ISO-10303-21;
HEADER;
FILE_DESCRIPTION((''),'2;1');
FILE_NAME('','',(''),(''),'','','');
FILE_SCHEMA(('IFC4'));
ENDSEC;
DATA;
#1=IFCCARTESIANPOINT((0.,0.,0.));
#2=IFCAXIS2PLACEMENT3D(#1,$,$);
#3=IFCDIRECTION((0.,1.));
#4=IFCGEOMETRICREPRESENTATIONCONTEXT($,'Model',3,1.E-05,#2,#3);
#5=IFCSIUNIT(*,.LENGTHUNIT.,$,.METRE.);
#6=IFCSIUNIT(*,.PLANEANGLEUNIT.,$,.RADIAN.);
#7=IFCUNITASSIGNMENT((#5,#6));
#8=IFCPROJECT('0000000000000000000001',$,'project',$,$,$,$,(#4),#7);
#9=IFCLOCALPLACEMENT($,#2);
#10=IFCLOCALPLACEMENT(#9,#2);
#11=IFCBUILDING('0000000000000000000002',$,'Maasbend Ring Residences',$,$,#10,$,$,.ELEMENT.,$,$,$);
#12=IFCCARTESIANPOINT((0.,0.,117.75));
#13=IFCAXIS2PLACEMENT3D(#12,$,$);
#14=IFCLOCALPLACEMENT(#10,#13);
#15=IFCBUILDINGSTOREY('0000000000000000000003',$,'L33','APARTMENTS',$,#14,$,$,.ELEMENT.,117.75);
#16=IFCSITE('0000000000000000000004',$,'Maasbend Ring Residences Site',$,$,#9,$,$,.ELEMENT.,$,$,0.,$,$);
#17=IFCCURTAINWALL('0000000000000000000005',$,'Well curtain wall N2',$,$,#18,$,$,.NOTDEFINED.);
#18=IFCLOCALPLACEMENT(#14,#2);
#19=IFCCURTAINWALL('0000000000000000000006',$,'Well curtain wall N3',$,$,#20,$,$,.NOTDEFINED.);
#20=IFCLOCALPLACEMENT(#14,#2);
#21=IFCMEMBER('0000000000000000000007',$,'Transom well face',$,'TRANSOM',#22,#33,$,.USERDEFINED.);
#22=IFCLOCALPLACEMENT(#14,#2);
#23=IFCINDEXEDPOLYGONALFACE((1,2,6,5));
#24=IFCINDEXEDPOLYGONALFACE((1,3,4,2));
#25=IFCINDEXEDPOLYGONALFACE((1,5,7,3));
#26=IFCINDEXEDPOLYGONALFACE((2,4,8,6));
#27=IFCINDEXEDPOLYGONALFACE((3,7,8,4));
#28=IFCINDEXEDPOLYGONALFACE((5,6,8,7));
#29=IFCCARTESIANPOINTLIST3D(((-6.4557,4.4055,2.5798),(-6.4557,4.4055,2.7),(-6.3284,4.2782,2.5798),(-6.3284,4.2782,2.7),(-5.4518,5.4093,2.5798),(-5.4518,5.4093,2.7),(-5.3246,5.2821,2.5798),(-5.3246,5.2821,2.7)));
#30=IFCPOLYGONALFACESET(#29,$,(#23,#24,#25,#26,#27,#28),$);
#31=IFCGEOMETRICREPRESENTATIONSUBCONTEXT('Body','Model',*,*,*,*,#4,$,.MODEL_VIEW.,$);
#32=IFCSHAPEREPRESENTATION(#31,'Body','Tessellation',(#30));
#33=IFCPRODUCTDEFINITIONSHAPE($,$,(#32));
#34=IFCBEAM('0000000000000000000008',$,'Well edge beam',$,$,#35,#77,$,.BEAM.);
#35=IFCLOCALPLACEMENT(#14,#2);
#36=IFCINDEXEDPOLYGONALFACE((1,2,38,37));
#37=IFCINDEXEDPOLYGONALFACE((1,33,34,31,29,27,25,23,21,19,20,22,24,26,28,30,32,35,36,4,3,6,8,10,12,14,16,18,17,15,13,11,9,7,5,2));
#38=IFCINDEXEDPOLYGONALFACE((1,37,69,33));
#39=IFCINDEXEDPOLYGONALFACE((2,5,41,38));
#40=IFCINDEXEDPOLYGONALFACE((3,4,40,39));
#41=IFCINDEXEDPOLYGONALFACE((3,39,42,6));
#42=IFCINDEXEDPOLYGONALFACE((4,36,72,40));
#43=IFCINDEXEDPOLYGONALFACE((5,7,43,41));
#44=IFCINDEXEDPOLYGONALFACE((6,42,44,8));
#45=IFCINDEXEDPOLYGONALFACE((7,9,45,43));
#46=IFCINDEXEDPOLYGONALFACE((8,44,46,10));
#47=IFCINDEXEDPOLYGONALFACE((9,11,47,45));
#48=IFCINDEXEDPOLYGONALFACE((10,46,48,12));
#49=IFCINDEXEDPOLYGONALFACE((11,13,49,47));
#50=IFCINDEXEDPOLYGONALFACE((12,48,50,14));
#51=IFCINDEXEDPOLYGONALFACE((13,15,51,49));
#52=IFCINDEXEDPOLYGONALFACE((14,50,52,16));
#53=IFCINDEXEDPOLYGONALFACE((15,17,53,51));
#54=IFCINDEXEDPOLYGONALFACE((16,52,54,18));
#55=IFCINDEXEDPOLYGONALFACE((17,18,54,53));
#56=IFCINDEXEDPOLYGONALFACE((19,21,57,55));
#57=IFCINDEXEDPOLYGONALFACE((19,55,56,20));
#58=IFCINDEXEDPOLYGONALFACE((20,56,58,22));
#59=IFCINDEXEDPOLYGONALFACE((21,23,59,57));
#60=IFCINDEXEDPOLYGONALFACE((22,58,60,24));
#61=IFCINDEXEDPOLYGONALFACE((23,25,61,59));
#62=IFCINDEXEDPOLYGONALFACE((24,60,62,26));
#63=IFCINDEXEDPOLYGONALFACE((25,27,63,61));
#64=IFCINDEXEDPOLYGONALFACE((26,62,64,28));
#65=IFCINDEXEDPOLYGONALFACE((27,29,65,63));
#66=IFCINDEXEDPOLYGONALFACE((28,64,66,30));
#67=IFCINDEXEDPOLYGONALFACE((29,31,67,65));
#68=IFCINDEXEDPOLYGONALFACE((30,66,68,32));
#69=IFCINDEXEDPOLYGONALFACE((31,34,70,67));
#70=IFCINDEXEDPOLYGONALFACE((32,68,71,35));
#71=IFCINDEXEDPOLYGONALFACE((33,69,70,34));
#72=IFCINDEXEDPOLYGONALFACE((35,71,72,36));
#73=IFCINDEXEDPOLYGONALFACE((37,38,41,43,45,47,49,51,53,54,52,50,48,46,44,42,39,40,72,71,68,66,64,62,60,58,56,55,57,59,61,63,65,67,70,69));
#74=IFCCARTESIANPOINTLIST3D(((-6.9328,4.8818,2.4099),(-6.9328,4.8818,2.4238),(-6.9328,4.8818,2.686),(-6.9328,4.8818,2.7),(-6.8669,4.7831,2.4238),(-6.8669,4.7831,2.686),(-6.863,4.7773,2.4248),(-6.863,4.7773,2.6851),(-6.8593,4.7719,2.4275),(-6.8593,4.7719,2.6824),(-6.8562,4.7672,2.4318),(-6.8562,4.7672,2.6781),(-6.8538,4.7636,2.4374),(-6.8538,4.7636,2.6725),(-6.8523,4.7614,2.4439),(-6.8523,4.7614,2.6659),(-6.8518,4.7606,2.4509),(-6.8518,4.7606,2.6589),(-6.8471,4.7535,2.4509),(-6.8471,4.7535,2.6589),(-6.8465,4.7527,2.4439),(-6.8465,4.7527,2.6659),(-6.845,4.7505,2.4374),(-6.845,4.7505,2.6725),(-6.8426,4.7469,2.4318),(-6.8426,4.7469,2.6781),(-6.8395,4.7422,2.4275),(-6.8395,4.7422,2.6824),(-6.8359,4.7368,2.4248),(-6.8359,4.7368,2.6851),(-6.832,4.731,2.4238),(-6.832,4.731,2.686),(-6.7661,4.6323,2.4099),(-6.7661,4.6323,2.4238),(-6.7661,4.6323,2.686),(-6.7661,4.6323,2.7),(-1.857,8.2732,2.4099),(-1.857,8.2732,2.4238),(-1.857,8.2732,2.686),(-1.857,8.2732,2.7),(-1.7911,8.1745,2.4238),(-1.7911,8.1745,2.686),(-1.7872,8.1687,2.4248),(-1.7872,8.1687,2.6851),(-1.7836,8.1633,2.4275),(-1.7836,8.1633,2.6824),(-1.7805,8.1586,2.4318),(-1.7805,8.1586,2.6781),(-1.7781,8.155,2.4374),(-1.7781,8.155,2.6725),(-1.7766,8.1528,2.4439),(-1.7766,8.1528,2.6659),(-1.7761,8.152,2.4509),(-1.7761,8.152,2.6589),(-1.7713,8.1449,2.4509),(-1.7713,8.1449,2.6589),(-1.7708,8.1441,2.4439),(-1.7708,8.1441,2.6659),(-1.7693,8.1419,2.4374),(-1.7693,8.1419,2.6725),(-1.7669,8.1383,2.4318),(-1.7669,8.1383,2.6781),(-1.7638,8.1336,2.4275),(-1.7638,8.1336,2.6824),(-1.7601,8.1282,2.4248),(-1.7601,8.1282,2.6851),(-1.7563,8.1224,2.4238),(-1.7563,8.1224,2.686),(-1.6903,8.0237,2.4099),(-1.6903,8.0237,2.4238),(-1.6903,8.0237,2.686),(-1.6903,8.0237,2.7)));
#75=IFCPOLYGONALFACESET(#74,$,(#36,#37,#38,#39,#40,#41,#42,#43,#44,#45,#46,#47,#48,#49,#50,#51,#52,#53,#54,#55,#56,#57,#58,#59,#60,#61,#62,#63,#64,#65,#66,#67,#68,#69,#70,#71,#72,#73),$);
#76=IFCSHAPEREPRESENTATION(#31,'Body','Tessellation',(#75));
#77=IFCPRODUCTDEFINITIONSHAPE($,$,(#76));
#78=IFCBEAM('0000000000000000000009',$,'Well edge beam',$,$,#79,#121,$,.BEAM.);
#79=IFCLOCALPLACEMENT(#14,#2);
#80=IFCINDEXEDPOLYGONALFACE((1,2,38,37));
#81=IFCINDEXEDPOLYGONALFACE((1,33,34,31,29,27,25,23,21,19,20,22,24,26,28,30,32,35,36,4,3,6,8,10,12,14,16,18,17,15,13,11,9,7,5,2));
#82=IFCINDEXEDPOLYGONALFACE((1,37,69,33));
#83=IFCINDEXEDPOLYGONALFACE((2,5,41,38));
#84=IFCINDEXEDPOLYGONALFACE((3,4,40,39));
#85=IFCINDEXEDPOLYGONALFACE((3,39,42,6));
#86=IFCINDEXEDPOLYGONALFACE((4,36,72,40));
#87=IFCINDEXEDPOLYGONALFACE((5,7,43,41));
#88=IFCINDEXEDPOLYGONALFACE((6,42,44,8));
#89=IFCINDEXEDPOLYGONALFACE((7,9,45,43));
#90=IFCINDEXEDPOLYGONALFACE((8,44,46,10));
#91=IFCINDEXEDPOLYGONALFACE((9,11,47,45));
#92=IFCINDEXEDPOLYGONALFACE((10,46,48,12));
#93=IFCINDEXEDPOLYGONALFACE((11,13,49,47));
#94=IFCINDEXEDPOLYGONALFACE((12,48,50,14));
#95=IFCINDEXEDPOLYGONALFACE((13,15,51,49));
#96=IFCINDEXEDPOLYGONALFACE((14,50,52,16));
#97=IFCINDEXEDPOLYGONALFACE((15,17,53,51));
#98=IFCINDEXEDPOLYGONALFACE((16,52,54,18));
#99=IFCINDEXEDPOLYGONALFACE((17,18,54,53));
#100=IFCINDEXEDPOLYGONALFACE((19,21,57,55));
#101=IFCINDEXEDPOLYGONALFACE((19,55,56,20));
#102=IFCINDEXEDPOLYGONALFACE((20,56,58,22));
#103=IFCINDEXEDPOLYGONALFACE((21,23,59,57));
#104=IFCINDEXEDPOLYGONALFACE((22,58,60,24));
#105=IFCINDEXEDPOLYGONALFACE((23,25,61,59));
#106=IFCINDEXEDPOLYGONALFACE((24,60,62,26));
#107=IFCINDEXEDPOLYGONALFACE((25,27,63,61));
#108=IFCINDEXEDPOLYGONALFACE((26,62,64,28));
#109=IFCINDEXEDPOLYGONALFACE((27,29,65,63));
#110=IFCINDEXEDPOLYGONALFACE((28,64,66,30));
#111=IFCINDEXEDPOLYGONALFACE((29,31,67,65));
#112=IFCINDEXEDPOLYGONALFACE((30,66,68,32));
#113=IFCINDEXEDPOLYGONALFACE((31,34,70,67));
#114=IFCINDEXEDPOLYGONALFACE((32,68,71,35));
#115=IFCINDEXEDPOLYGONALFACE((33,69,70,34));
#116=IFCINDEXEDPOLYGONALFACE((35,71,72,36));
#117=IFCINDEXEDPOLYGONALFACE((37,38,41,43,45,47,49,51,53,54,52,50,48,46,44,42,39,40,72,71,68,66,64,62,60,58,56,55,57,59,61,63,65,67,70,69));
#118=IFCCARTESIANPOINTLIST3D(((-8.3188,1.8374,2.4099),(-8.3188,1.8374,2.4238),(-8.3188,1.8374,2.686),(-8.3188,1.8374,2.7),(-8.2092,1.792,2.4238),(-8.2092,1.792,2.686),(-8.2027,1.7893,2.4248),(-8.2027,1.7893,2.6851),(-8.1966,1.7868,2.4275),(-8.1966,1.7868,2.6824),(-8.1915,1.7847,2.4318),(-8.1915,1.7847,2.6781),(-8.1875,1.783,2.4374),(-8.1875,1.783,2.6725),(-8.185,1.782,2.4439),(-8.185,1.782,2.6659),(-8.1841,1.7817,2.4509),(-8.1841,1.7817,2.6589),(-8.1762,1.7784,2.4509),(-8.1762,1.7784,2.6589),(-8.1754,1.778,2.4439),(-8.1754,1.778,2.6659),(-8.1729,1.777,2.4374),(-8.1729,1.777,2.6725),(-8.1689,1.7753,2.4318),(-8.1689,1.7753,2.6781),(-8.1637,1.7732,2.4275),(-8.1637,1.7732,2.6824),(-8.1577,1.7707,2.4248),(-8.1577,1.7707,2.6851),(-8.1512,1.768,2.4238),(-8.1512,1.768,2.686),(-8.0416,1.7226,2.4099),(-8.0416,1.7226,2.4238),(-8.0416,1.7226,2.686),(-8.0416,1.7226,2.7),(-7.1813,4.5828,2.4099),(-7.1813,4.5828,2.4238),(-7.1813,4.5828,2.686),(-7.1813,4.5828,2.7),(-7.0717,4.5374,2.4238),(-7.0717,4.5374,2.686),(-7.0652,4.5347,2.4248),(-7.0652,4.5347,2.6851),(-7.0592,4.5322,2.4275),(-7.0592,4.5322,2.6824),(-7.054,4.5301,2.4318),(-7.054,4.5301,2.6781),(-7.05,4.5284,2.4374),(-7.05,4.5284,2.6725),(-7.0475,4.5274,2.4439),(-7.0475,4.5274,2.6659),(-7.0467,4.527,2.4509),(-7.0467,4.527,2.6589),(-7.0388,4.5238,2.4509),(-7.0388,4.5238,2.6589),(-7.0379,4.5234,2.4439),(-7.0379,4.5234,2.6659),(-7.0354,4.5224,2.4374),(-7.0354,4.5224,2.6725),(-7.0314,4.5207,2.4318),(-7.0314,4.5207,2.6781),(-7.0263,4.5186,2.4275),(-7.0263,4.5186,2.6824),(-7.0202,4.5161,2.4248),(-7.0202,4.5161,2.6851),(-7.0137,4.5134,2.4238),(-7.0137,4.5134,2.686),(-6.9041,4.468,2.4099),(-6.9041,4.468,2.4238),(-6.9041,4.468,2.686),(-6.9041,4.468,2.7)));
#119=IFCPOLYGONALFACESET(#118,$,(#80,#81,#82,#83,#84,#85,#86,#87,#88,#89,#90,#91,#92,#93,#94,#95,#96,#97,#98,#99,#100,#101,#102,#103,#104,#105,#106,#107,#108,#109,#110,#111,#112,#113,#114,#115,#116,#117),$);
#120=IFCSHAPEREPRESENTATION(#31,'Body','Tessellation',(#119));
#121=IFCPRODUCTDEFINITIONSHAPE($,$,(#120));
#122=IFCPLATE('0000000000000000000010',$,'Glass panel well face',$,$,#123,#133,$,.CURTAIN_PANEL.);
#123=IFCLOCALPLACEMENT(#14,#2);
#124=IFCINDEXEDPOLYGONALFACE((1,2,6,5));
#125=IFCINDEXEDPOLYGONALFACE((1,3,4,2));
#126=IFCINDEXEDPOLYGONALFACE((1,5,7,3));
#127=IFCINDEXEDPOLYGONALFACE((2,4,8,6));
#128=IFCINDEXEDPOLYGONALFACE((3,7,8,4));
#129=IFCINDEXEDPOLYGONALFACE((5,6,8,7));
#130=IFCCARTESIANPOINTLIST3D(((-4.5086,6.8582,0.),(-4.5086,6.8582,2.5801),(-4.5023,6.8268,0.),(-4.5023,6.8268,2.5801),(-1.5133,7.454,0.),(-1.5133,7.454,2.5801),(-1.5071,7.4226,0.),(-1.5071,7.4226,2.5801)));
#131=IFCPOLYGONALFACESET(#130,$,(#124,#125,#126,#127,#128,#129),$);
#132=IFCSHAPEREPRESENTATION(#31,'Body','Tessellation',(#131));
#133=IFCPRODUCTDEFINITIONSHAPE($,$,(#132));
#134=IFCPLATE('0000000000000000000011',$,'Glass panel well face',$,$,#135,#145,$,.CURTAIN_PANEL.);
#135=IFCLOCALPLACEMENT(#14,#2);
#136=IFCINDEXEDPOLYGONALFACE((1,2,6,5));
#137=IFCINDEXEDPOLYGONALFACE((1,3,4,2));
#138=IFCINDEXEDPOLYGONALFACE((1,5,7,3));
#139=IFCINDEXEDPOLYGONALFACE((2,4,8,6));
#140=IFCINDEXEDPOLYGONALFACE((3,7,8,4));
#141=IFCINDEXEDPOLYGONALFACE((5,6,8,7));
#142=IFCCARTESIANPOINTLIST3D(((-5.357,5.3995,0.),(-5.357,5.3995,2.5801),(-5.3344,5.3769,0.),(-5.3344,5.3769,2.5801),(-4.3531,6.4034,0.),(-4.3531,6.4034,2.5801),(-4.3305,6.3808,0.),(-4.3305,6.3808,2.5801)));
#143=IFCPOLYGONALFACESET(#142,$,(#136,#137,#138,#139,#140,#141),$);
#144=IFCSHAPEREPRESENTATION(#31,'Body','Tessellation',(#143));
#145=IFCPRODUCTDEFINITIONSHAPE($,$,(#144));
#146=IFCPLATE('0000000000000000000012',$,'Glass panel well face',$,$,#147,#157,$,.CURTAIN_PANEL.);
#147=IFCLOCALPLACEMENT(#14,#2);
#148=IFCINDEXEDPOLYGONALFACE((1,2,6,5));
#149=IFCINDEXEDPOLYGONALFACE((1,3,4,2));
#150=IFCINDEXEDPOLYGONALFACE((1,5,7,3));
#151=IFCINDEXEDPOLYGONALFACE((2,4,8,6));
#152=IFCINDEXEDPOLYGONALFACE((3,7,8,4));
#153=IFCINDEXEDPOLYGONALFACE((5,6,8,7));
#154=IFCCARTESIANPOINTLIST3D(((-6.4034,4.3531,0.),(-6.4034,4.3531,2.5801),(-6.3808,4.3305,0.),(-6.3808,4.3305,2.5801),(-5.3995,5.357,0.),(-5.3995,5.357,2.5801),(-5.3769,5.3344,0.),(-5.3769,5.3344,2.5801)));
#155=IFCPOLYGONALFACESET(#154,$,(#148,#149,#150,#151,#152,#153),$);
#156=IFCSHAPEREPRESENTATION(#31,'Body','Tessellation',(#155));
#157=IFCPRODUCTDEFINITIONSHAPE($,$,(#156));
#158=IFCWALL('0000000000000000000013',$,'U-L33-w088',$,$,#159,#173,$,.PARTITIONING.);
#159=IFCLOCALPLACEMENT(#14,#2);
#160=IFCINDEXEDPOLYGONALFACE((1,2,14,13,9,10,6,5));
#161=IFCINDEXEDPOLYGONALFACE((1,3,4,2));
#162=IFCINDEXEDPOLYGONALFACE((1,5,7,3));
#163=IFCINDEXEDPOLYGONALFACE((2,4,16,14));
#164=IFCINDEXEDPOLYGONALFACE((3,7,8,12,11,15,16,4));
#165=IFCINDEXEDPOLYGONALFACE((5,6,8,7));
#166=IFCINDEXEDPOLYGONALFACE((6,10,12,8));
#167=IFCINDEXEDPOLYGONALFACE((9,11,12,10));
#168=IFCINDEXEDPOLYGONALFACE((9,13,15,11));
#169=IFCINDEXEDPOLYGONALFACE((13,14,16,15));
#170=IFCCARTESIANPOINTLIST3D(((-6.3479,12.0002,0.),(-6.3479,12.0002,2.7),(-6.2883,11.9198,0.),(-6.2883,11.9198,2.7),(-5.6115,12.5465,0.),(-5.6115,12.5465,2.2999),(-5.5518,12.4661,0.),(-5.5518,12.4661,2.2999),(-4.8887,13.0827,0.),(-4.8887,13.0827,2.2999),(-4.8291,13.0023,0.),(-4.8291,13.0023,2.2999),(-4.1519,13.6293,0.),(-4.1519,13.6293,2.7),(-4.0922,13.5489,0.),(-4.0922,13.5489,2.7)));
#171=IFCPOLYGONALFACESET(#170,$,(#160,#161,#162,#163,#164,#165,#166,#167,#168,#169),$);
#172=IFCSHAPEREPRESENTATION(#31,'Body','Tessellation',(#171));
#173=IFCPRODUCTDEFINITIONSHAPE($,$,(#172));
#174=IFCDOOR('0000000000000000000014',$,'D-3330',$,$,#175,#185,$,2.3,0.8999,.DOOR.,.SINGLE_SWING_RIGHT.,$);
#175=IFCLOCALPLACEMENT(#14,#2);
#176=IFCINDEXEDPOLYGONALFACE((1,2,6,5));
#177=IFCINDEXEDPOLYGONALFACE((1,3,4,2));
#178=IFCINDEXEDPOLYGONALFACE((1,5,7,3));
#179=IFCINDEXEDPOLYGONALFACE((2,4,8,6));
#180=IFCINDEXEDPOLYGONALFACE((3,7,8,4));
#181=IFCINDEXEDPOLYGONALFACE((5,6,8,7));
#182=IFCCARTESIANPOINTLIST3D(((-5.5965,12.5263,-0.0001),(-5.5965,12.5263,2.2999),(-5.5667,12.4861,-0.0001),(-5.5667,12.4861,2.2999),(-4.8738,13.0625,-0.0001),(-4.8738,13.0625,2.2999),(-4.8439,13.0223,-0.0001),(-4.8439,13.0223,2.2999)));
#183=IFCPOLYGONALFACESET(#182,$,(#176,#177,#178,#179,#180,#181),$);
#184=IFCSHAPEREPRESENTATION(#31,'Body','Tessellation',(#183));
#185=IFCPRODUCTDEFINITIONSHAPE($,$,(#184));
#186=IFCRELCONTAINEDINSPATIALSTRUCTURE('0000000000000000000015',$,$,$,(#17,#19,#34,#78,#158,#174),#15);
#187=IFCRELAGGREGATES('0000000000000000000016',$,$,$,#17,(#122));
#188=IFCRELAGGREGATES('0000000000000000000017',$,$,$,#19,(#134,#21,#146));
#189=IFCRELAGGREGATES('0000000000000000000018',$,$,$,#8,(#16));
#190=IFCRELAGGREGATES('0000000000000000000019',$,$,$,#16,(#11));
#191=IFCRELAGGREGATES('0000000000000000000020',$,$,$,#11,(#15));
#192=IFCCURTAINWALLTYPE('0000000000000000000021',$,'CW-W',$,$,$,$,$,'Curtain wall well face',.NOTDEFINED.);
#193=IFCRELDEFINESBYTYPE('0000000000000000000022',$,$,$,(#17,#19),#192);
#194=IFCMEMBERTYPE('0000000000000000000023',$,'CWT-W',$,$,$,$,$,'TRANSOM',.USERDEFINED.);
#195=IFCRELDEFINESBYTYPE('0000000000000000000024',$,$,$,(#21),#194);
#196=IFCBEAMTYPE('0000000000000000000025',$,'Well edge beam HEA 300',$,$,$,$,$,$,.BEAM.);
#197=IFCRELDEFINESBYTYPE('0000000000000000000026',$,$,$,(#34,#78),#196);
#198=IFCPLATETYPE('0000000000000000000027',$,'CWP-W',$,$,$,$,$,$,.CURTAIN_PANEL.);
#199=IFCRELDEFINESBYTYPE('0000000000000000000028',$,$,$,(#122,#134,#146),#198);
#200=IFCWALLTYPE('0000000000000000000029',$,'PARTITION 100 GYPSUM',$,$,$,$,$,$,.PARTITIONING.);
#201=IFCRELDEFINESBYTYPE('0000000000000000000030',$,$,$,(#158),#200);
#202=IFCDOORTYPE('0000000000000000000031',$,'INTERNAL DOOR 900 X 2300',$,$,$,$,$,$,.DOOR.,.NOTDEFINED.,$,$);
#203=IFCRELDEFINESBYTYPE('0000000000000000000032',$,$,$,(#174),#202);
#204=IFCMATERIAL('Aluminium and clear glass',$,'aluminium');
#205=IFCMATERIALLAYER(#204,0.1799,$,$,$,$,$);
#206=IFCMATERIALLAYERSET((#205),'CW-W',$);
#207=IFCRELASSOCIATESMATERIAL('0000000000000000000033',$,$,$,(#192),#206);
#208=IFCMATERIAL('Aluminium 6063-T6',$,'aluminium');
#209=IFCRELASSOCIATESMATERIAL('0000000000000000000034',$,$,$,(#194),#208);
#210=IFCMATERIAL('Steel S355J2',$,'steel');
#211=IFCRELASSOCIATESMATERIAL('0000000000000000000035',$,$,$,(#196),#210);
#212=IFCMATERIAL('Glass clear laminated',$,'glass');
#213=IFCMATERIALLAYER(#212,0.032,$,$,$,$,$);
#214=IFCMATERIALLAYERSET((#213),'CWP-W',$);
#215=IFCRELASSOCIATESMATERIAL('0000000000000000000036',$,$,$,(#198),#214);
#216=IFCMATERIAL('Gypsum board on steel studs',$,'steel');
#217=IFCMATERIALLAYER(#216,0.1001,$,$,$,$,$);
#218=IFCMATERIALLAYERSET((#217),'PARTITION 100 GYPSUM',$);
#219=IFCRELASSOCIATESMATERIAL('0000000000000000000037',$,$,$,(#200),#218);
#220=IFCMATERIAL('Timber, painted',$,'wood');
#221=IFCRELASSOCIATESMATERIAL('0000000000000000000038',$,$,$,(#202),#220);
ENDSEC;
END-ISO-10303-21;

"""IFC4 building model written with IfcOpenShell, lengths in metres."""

from ifc_helpers import new_model, si_unit, direction, frame, frame_2d, origin, origin_2d, place, context, subcontext, project, spatial, rectangle, i_section, extrude, material, layer, layer_set, material_profile, profile_set, type_object, element, fill, aggregate, save


model = new_model("IFC4")

# Units and contexts
model_context = context("Model", 3, precision=1e-05, world=origin(), true_north=direction((0.0, 1.0)))
body_context = subcontext(model_context, "Body", "Model", "MODEL_VIEW")
ifc_project = project(units=[si_unit("LENGTHUNIT", "METRE"), si_unit("PLANEANGLEUNIT", "RADIAN")], contexts=[model_context])

# Site, building, storey
site_placement = place(None, origin())
site = spatial("IfcSite", under=ifc_project, at=site_placement, Name="Maasbend Ring Residences Site", CompositionType="ELEMENT", RefElevation=0.0)
building_placement = place(site_placement, origin())
building = spatial("IfcBuilding", under=site, at=building_placement, Name="Maasbend Ring Residences", CompositionType="ELEMENT")
storey_placement = place(building_placement, frame((0.0, 0.0, 117.75)))
storey = spatial("IfcBuildingStorey", under=building, at=storey_placement, Name="L33", Description="APARTMENTS", CompositionType="ELEMENT", Elevation=117.75)

# Curtain walls
ifc_material_1 = material(Name="Aluminium and clear glass", Category="aluminium")
ifc_layer_1 = layer(ifc_material_1, 0.1799)
ifc_layer_set_1 = layer_set([ifc_layer_1], Name="CW-W")
curtain_wall_type = type_object("IfcCurtainWallType", Name="CW-W", ElementType="Curtain wall well face", PredefinedType="NOTDEFINED", material=ifc_layer_set_1)
curtain_wall_1_placement = place(storey_placement, origin())
curtain_wall_1 = element("IfcCurtainWall", 1, at=curtain_wall_1_placement, inside=storey, type_object=curtain_wall_type, Name="Well curtain wall N2", PredefinedType="NOTDEFINED")
curtain_wall_2_placement = place(storey_placement, origin())
curtain_wall_2 = element("IfcCurtainWall", 2, at=curtain_wall_2_placement, inside=storey, type_object=curtain_wall_type, Name="Well curtain wall N3", PredefinedType="NOTDEFINED")

# Member
ifc_material_2 = material(Name="Aluminium 6063-T6", Category="aluminium")
ifc_material_profile_1 = material_profile(ifc_material_2, rectangle(XDim=0.1799, YDim=0.1201, at=origin_2d()), Name="AL 180x120")
ifc_profile_set_1 = profile_set([ifc_material_profile_1], Name="Aluminium 6063-T6")
member_type_1 = type_object("IfcMemberType", Name="CWT-W", ElementType="TRANSOM", PredefinedType="USERDEFINED", material=ifc_profile_set_1)
member_1_placement = place(storey_placement, frame((-5.3882, 5.3457, 2.6399), z_axis=(-0.707107, -0.707107, 0.0), x_axis=(0.707107, -0.707107, 0.0)))
member_1 = element("IfcMember", 3, at=member_1_placement, type_object=member_type_1, Name="Transom well face", ObjectType="TRANSOM", PredefinedType="USERDEFINED", context=body_context, shape_type="SweptSolid", body=[
    extrude(rectangle(XDim=0.1799, YDim=0.1201, at=origin_2d()), origin(), (0.0, 0.0, 1.0), 1.4197),
])

# Beams
ifc_material_3 = material(Name="Steel S355J2", Category="steel")
ifc_material_profile_2 = material_profile(ifc_material_3, i_section(OverallWidth=0.3, OverallDepth=0.29, WebThickness=0.0085, FlangeThickness=0.0139, FilletRadius=0.0271, at=origin_2d()), Name="HEA 300")
ifc_profile_set_2 = profile_set([ifc_material_profile_2], Name="Steel S355J2")
beam_type = type_object("IfcBeamType", Name="Well edge beam HEA 300", PredefinedType="BEAM", material=ifc_profile_set_2)
beam_1_placement = place(storey_placement, frame((-1.7737, 8.1484, 2.5549), z_axis=(-0.831478, -0.555558, 0.0), x_axis=(0.555558, -0.831478, 0.0)))
element("IfcBeam", 4, at=beam_1_placement, inside=storey, type_object=beam_type, Name="Well edge beam", PredefinedType="BEAM", context=body_context, shape_type="SweptSolid", body=[
    extrude(i_section(OverallWidth=0.3, OverallDepth=0.29, WebThickness=0.0085, FlangeThickness=0.0139, FilletRadius=0.0271, at=origin_2d()), origin(), (0.0, 0.0, 1.0), 6.1045),
])
beam_2_placement = place(storey_placement, frame((-7.0427, 4.5254, 2.5549), z_axis=(-0.382765, -0.923846, 0.0), x_axis=(0.923846, -0.382765, 0.0)))
element("IfcBeam", 5, at=beam_2_placement, inside=storey, type_object=beam_type, Name="Well edge beam", PredefinedType="BEAM", context=body_context, shape_type="SweptSolid", body=[
    extrude(i_section(OverallWidth=0.3, OverallDepth=0.29, WebThickness=0.0085, FlangeThickness=0.0139, FilletRadius=0.0271, at=origin_2d()), origin(), (0.0, 0.0, 1.0), 2.9717),
])

# Plates
ifc_material_4 = material(Name="Glass clear laminated", Category="glass")
ifc_layer_2 = layer(ifc_material_4, 0.032)
ifc_layer_set_2 = layer_set([ifc_layer_2], Name="CWP-W")
plate_type = type_object("IfcPlateType", Name="CWP-W", PredefinedType="CURTAIN_PANEL", material=ifc_layer_set_2)
plate_1_placement = place(storey_placement, frame((-3.0078, 7.1404, 0.0), z_axis=(0.0, 0.0, 1.0), x_axis=(-0.980785, -0.19509, 0.0)))
plate_1 = element("IfcPlate", 6, at=plate_1_placement, type_object=plate_type, Name="Glass panel well face", PredefinedType="CURTAIN_PANEL", context=body_context, shape_type="SweptSolid", body=[
    extrude(rectangle(XDim=3.054, YDim=0.032, at=origin_2d()), origin(), (0.0, 0.0, 1.0), 2.5801),
])
aggregate(curtain_wall_1, [plate_1])
plate_2_placement = place(storey_placement, frame((-4.8438, 5.8901, 0.0), z_axis=(0.0, 0.0, 1.0), x_axis=(-0.707107, -0.707107, 0.0)))
plate_2 = element("IfcPlate", 7, at=plate_2_placement, type_object=plate_type, Name="Glass panel well face", PredefinedType="CURTAIN_PANEL", context=body_context, shape_type="SweptSolid", body=[
    extrude(rectangle(XDim=1.4197, YDim=0.032, at=origin_2d()), origin(), (0.0, 0.0, 1.0), 2.5801),
])
plate_3_placement = place(storey_placement, frame((-5.8901, 4.8438, 0.0), z_axis=(0.0, 0.0, 1.0), x_axis=(-0.707107, -0.707107, 0.0)))
plate_3 = element("IfcPlate", 8, at=plate_3_placement, type_object=plate_type, Name="Glass panel well face", PredefinedType="CURTAIN_PANEL", context=body_context, shape_type="SweptSolid", body=[
    extrude(rectangle(XDim=1.4197, YDim=0.032, at=origin_2d()), origin(), (0.0, 0.0, 1.0), 2.5801),
])
aggregate(curtain_wall_2, [plate_2, member_1, plate_3])

# Wall, opening, door
ifc_material_5 = material(Name="Gypsum board on steel studs", Category="steel")
ifc_layer_3 = layer(ifc_material_5, 0.1001)
ifc_layer_set_3 = layer_set([ifc_layer_3], Name="PARTITION 100 GYPSUM")
wall_type_1 = type_object("IfcWallType", Name="PARTITION 100 GYPSUM", PredefinedType="PARTITIONING", material=ifc_layer_set_3)
wall_1_placement = place(storey_placement, frame((-6.3181, 11.96, 0.0), z_axis=(0.0, 0.0, 1.0), x_axis=(0.803128, 0.595806, 0.0)))
wall_1 = element("IfcWall", 9, at=wall_1_placement, inside=storey, type_object=wall_type_1, Name="U-L33-w088", PredefinedType="PARTITIONING", context=body_context, shape_type="SweptSolid", body=[
    extrude(rectangle(XDim=2.7344, YDim=0.1001, at=frame_2d((1.3672, 0.0))), origin(), (0.0, 0.0, 1.0), 2.7),
])
opening_placement = place(wall_1_placement, frame((0.917, 0.0, 0.0)))
opening = element("IfcOpeningElement", 10, at=opening_placement, cuts=wall_1, PredefinedType="OPENING", context=body_context, shape_type="SweptSolid", body=[
    extrude(rectangle(XDim=0.8999, YDim=2.3, at=frame_2d((0.45, 1.1499))), frame((0.0, 0.0601, 0.0), z_axis=(0.0, -1.0, 0.0), x_axis=(1.0, 0.0, 0.0)), (0.0, 0.0, 1.0), 0.1201),
])
ifc_material_6 = material(Name="Timber, painted", Category="wood")
door_type = type_object("IfcDoorType", Name="INTERNAL DOOR 900 X 2300", OperationType="NOTDEFINED", PredefinedType="DOOR", material=ifc_material_6)
door_placement = place(opening_placement, origin())
door = element("IfcDoor", 11, at=door_placement, inside=storey, type_object=door_type, Name="D-3330", OperationType="SINGLE_SWING_RIGHT", OverallHeight=2.3, OverallWidth=0.8999, PredefinedType="DOOR", context=body_context, shape_type="SweptSolid", body=[
    extrude(rectangle(XDim=0.8999, YDim=2.3, at=frame_2d((0.45, 1.1499))), frame((0.0, 0.0249, 0.0), z_axis=(0.0, -1.0, 0.0), x_axis=(1.0, 0.0, 0.0)), (0.0, 0.0, 1.0), 0.05),
])
fill(opening, door)

save(model, "model.ifc")
